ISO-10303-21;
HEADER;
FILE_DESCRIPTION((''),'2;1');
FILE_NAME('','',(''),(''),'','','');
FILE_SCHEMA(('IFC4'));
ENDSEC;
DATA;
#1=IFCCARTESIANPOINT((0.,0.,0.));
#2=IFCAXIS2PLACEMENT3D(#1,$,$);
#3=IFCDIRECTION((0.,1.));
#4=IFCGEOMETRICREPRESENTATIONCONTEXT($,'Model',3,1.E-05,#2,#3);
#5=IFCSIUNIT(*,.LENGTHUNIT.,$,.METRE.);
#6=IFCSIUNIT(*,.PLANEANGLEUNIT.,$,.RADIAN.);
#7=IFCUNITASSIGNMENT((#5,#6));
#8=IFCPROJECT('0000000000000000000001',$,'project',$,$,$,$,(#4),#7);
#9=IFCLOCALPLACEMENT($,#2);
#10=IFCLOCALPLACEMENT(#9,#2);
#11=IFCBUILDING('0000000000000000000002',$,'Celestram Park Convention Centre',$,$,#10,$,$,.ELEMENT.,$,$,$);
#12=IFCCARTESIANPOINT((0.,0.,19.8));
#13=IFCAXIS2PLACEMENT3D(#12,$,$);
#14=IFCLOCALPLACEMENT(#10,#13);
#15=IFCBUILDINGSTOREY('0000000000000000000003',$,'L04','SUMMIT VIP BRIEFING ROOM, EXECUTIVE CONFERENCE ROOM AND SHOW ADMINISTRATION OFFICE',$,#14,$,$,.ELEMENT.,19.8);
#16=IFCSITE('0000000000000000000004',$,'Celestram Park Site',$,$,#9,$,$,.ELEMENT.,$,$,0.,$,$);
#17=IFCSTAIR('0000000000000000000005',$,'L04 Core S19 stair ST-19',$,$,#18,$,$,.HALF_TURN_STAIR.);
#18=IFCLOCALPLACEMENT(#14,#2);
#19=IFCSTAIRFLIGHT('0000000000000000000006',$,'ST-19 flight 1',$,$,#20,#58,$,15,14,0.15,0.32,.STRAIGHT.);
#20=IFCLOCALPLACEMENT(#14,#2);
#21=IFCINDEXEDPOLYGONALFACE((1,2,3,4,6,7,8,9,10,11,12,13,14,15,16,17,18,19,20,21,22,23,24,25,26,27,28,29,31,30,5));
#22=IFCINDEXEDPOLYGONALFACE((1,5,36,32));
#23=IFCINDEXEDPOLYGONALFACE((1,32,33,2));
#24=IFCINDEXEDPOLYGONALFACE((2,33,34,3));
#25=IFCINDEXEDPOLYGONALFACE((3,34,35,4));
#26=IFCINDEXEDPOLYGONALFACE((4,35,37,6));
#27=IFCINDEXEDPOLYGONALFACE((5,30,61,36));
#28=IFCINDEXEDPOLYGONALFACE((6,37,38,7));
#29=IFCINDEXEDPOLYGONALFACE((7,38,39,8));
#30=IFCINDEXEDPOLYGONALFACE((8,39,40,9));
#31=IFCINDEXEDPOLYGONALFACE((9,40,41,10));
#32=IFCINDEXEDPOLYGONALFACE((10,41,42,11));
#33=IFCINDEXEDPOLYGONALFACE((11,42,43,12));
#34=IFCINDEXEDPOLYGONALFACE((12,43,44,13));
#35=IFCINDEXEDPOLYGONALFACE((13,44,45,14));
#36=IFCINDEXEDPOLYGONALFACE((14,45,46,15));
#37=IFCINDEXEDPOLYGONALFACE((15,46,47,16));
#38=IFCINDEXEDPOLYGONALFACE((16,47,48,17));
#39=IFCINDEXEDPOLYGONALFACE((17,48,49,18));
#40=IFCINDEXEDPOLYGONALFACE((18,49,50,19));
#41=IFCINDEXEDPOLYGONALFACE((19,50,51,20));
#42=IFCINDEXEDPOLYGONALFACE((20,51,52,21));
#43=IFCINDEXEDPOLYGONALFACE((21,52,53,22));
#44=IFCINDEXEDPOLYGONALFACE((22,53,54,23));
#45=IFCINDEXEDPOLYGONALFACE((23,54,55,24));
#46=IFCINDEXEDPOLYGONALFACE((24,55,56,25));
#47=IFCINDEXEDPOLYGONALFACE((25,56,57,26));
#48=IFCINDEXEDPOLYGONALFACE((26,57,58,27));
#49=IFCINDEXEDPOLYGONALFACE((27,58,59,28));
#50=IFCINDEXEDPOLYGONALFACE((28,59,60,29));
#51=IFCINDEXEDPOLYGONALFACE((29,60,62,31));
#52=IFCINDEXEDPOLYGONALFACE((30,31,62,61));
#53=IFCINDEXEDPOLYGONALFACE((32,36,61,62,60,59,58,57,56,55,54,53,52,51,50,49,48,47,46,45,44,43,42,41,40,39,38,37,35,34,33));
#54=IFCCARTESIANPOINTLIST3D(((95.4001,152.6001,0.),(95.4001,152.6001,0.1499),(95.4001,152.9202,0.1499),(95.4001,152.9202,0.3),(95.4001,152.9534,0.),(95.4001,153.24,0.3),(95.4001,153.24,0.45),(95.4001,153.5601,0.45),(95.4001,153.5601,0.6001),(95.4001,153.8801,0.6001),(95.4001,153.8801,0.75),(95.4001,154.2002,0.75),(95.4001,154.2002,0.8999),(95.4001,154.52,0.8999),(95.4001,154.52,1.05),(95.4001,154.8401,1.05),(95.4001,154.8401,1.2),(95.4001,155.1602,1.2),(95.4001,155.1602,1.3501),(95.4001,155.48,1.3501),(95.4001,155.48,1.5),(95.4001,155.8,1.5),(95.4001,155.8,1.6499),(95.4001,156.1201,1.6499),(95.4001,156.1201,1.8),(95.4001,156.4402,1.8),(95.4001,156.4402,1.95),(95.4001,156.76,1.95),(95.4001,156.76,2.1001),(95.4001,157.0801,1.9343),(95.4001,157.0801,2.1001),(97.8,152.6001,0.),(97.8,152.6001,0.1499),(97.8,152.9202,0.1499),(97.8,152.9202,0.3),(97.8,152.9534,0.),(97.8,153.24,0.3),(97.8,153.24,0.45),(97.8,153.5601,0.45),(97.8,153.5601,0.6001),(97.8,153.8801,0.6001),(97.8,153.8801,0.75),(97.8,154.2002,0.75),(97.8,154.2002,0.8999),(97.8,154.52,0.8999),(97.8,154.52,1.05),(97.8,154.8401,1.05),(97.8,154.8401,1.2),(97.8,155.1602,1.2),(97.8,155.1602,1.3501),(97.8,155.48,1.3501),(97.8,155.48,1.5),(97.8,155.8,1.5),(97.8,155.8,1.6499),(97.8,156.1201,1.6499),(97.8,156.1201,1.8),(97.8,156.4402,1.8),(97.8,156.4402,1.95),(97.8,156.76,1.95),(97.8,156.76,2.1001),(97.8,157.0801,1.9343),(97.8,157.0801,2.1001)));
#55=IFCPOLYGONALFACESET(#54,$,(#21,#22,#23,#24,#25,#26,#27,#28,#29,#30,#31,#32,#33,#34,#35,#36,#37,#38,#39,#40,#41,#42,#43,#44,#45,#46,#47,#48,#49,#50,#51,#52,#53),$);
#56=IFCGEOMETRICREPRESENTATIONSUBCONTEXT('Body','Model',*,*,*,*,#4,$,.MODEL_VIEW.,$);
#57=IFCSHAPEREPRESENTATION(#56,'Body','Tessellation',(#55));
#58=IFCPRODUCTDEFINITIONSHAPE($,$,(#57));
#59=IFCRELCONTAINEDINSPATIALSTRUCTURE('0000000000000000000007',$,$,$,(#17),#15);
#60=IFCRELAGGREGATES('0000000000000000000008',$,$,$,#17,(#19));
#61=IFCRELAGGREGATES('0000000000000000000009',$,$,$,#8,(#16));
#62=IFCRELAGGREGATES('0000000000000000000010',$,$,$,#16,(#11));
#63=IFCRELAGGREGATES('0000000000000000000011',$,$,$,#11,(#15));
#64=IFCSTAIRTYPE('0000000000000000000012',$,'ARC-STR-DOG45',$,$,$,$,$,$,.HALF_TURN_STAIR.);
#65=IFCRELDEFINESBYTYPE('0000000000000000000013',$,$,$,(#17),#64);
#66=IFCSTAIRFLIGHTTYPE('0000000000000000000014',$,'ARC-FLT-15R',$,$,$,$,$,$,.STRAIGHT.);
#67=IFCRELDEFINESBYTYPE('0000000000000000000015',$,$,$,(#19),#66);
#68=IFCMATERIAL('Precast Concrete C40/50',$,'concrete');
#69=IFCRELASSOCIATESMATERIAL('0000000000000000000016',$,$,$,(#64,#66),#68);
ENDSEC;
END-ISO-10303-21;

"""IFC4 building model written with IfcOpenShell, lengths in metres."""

from ifc_helpers import new_model, si_unit, direction, frame, origin, place, context, subcontext, project, spatial, polyline, outline, extrude, material, type_object, element, aggregate, save


model = new_model("IFC4")

# Units and contexts
model_context = context("Model", 3, precision=1e-05, world=origin(), true_north=direction((0.0, 1.0)))
body_context = subcontext(model_context, "Body", "Model", "MODEL_VIEW")
ifc_project = project(units=[si_unit("LENGTHUNIT", "METRE"), si_unit("PLANEANGLEUNIT", "RADIAN")], contexts=[model_context])

# Site, building, storey
site_placement = place(None, origin())
site = spatial("IfcSite", under=ifc_project, at=site_placement, Name="Celestram Park Site", CompositionType="ELEMENT", RefElevation=0.0)
building_placement = place(site_placement, origin())
building = spatial("IfcBuilding", under=site, at=building_placement, Name="Celestram Park Convention Centre", CompositionType="ELEMENT")
storey_placement = place(building_placement, frame((0.0, 0.0, 19.8)))
storey = spatial("IfcBuildingStorey", under=building, at=storey_placement, Name="L04", Description="SUMMIT VIP BRIEFING ROOM, EXECUTIVE CONFERENCE ROOM AND SHOW ADMINISTRATION OFFICE", CompositionType="ELEMENT", Elevation=19.8)

# Shared definitions
ifc_material_1 = material(Name="Precast Concrete C40/50", Category="concrete")

# Stair, stair flight
stair_type = type_object("IfcStairType", Name="ARC-STR-DOG45", PredefinedType="HALF_TURN_STAIR", material=ifc_material_1)
stair_placement = place(storey_placement, origin())
stair = element("IfcStair", 1, at=stair_placement, inside=storey, type_object=stair_type, Name="L04 Core S19 stair ST-19", PredefinedType="HALF_TURN_STAIR")
stair_flight_type = type_object("IfcStairFlightType", Name="ARC-FLT-15R", PredefinedType="STRAIGHT", material=ifc_material_1)
stair_flight_placement = place(storey_placement, frame((96.6001, 152.6001, 0.0), z_axis=(0.0, 0.0, 1.0), x_axis=(0.0, 1.0, 0.0)))
stair_flight = element("IfcStairFlight", 2, at=stair_flight_placement, type_object=stair_flight_type, Name="ST-19 flight 1", NumberOfRisers=15, NumberOfTreads=14, PredefinedType="STRAIGHT", RiserHeight=0.15, TreadLength=0.32, context=body_context, shape_type="SweptSolid", body=[
    extrude(outline(polyline([(0.0, 0.0), (0.0, 0.1499), (0.3201, 0.1499), (0.3201, 0.3), (0.6399, 0.3), (0.6399, 0.45), (0.96, 0.45), (0.96, 0.6001), (1.28, 0.6001), (1.28, 0.75), (1.6001, 0.75), (1.6001, 0.8999), (1.9199, 0.8999), (1.9199, 1.05), (2.24, 1.05), (2.24, 1.2), (2.5601, 1.2), (2.5601, 1.3501), (2.8799, 1.3501), (2.8799, 1.5), (3.2, 1.5), (3.2, 1.6499), (3.52, 1.6499), (3.52, 1.8), (3.8401, 1.8), (3.8401, 1.95), (4.1599, 1.95), (4.1599, 2.1001), (4.48, 2.1001), (4.48, 2.25), (4.48, 1.9343), (0.3533, 0.0), (0.0, 0.0)])), frame((0.0, 1.2, 0.0), z_axis=(0.0, -1.0, 0.0), x_axis=(1.0, 0.0, 0.0)), (0.0, 0.0, 1.0), 2.3999),
])
aggregate(stair, [stair_flight])

save(model, "model.ifc")
